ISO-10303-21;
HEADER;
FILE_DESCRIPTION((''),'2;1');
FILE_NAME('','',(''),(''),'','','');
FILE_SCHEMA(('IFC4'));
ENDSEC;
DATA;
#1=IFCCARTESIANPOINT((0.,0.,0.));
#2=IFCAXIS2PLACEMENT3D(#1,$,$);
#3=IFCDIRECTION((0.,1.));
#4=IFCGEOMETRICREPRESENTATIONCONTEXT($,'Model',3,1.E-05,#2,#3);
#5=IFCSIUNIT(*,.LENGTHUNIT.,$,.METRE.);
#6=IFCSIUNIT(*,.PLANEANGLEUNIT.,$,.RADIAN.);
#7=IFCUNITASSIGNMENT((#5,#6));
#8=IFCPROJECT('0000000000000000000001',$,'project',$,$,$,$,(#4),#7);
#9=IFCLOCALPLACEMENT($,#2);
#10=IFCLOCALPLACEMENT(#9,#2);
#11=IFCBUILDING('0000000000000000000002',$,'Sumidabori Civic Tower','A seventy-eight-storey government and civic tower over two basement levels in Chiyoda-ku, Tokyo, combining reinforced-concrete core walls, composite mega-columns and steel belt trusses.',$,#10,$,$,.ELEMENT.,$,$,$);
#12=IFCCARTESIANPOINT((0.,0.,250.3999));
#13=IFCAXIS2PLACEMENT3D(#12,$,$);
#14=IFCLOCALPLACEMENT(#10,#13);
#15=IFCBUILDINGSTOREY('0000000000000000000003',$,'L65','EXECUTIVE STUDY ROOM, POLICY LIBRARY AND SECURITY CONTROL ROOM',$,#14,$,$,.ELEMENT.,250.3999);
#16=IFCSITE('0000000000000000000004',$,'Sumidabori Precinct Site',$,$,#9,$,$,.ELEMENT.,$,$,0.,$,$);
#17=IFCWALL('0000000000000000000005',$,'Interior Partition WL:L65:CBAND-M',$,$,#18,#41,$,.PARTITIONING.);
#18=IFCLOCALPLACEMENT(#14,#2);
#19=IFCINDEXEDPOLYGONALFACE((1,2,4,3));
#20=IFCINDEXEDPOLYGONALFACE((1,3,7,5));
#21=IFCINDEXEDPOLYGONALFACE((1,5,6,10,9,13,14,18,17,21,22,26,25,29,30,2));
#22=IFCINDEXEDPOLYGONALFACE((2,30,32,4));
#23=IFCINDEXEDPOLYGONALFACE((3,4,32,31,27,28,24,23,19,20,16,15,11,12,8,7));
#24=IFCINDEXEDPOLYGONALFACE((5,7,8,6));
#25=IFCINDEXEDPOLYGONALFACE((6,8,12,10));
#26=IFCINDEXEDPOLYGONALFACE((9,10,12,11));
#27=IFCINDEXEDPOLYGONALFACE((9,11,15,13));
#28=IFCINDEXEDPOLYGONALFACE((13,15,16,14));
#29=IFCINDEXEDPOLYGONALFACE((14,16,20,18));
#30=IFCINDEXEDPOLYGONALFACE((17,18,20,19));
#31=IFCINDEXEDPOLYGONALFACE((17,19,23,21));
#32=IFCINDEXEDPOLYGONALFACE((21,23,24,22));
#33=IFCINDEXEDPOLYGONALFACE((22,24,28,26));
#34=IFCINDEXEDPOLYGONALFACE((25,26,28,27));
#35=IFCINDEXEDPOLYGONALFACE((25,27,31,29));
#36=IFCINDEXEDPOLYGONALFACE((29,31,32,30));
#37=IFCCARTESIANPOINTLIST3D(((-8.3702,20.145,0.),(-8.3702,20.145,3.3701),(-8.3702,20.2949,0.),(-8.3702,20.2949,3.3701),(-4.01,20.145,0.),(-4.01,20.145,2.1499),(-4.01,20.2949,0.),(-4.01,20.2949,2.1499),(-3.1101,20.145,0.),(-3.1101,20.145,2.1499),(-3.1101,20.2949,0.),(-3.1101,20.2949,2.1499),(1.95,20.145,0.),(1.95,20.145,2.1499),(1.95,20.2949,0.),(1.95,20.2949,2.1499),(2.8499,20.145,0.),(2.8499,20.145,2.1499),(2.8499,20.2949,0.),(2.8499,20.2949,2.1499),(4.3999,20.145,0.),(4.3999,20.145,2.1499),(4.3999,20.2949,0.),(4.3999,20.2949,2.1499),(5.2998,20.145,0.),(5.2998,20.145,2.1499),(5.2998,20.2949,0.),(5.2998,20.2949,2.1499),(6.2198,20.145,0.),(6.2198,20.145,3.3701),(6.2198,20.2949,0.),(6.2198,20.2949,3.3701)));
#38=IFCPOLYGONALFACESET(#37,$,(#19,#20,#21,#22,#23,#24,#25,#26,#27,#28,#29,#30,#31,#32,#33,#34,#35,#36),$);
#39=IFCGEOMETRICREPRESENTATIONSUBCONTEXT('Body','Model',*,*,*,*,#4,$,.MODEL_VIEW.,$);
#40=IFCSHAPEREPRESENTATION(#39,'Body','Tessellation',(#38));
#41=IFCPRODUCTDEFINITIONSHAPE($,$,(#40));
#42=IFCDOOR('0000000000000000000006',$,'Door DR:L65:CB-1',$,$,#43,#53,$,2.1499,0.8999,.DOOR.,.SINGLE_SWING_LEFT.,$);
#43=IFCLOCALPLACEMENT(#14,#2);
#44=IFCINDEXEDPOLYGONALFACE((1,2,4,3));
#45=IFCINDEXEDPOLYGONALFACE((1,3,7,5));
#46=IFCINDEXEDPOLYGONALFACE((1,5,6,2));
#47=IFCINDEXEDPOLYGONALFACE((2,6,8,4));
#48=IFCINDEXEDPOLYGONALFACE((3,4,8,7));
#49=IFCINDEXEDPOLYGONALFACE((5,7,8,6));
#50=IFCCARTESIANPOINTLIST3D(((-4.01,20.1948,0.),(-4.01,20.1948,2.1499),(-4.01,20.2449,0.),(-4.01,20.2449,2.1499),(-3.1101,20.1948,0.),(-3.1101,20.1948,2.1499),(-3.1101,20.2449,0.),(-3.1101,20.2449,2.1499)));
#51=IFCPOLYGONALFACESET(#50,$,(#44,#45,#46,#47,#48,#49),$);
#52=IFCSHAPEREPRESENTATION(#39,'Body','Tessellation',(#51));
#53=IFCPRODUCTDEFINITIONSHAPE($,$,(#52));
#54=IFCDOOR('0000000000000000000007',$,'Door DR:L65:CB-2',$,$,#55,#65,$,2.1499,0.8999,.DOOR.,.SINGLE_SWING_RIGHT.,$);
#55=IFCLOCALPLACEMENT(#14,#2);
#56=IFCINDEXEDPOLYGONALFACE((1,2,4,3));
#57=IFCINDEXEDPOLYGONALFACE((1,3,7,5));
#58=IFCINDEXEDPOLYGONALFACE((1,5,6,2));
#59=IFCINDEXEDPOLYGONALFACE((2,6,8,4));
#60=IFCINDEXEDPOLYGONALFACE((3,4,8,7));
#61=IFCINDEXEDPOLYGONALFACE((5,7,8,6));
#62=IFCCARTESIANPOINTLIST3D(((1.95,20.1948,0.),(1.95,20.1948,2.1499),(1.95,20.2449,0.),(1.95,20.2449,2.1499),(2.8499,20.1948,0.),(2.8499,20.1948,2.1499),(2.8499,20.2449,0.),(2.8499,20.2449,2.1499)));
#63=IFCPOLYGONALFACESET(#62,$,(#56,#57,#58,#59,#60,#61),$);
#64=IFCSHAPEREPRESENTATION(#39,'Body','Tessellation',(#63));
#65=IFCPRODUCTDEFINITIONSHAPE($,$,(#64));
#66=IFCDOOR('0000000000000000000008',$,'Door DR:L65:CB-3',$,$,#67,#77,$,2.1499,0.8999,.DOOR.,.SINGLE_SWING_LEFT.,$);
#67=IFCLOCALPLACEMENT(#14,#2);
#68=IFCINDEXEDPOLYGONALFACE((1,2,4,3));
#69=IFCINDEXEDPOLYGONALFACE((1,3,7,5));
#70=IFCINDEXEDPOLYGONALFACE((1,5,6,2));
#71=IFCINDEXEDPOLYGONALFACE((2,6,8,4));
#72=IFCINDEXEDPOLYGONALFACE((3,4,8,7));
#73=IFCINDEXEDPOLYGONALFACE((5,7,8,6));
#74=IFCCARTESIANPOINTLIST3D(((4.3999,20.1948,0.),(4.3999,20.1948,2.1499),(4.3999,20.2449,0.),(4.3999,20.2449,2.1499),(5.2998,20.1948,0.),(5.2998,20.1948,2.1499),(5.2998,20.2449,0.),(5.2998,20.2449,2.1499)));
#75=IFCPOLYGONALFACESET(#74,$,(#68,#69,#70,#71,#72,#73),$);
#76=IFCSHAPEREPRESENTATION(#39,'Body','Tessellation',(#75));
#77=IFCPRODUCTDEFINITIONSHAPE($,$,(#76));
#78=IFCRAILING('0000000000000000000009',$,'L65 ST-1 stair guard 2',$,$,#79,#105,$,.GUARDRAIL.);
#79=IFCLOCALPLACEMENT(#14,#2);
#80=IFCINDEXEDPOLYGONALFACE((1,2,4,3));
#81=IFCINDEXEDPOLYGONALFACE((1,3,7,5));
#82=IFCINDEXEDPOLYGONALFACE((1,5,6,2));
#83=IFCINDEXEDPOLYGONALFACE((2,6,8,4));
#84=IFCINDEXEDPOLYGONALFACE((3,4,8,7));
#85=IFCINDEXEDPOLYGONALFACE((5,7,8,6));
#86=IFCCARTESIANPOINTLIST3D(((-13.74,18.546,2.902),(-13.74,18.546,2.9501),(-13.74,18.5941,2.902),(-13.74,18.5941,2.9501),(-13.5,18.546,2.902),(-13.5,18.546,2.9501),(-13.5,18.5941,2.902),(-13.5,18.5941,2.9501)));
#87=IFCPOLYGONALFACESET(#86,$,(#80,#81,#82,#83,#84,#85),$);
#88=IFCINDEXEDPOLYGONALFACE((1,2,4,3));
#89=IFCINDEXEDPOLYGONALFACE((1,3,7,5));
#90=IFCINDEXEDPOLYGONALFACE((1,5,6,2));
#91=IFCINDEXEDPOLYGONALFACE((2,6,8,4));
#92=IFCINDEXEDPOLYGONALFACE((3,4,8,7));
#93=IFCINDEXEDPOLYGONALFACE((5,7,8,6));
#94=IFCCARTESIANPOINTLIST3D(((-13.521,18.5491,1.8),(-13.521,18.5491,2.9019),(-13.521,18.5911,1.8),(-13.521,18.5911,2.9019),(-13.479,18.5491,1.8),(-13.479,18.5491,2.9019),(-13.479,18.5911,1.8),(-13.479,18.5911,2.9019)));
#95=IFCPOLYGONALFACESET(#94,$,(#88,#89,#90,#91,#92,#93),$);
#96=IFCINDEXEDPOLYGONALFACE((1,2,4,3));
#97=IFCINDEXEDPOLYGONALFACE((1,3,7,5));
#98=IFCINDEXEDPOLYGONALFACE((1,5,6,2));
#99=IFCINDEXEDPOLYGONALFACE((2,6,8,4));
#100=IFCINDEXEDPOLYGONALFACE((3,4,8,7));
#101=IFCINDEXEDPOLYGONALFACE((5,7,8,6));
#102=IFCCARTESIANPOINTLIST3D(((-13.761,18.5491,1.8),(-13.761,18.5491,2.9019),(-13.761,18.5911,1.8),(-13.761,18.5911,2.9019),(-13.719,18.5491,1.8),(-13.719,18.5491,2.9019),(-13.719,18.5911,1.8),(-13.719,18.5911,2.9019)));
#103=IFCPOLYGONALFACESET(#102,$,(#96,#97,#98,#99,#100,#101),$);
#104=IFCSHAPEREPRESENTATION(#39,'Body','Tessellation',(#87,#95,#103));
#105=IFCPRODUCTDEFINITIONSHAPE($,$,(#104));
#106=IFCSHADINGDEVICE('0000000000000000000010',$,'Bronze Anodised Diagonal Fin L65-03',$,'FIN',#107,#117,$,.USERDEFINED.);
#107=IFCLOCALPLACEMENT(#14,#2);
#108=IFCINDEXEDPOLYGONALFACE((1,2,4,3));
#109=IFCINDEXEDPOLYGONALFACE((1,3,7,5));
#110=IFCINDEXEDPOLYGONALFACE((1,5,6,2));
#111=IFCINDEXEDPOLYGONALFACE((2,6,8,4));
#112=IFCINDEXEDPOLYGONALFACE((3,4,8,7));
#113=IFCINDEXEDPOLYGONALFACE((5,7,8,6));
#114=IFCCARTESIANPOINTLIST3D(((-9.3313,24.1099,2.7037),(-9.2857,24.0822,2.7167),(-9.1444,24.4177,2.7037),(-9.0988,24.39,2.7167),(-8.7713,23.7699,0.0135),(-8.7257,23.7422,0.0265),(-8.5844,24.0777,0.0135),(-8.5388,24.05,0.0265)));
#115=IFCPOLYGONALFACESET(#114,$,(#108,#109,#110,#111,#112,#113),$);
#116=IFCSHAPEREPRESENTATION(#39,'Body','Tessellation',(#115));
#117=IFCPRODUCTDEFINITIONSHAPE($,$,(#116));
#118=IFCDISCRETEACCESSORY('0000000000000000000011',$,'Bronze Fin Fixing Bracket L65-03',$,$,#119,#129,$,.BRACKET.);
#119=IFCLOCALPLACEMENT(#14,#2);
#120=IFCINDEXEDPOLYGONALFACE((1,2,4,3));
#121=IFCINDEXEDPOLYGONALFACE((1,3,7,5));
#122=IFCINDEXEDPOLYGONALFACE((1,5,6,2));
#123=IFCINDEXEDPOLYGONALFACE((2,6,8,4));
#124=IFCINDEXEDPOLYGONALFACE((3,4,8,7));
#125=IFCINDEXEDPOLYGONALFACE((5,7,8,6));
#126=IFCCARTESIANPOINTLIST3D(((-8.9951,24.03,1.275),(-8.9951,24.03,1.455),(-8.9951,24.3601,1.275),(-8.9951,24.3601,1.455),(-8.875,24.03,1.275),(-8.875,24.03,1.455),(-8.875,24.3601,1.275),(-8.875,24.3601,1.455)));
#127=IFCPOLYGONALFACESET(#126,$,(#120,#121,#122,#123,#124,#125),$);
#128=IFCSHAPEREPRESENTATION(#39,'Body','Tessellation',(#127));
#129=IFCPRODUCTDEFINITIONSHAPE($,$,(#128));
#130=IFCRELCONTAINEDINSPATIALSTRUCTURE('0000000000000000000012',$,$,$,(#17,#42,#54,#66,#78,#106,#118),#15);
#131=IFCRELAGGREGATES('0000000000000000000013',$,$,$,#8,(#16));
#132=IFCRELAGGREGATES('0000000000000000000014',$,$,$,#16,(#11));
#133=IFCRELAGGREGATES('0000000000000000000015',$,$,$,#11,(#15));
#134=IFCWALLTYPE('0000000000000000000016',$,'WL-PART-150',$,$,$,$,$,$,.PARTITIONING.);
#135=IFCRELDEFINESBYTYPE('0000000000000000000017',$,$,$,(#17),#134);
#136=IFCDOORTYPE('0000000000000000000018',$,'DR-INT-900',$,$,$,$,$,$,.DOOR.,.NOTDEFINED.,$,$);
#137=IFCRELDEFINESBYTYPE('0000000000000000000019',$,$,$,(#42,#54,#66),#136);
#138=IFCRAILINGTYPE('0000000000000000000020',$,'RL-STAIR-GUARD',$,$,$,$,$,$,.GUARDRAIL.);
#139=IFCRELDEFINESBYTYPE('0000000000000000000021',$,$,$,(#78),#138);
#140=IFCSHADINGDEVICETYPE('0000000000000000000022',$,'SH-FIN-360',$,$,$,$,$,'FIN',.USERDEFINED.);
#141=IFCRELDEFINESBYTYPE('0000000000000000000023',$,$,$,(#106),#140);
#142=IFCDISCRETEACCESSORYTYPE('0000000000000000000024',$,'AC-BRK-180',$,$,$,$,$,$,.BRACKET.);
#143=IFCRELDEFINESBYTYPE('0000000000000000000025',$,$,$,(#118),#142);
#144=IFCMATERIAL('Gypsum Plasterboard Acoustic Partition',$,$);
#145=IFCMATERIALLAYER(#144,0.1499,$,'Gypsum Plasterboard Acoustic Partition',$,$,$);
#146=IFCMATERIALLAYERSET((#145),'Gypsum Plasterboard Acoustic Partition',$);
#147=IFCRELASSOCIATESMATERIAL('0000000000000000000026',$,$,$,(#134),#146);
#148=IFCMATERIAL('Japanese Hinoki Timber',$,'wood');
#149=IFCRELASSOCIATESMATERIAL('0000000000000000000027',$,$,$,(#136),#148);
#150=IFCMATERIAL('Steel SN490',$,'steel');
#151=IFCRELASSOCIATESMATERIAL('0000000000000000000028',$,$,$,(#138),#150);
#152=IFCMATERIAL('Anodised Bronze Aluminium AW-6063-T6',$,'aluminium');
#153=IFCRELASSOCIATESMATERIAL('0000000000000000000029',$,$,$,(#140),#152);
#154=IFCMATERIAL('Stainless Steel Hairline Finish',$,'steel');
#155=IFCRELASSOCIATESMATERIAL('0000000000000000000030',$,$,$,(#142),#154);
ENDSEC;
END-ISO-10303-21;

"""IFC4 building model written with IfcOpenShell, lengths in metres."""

from ifc_helpers import new_model, si_unit, direction, frame, frame_2d, origin, origin_2d, place, context, subcontext, project, spatial, rectangle, extrude, source, transform, mapped, material, layer, layer_set, material_profile, profile_set, type_object, element, fill, save


model = new_model("IFC4")

# Units and contexts
model_context = context("Model", 3, precision=1e-05, world=origin(), true_north=direction((0.0, 1.0)))
body_context = subcontext(model_context, "Body", "Model", "MODEL_VIEW")
ifc_project = project(units=[si_unit("LENGTHUNIT", "METRE"), si_unit("PLANEANGLEUNIT", "RADIAN")], contexts=[model_context])

# Site, building, storey
site_placement = place(None, origin())
site = spatial("IfcSite", under=ifc_project, at=site_placement, Name="Sumidabori Precinct Site", CompositionType="ELEMENT", RefElevation=0.0)
building_placement = place(site_placement, origin())
building = spatial("IfcBuilding", under=site, at=building_placement, Name="Sumidabori Civic Tower", Description="A seventy-eight-storey government and civic tower over two basement levels in Chiyoda-ku, Tokyo, combining reinforced-concrete core walls, composite mega-columns and steel belt trusses.", CompositionType="ELEMENT")
storey_placement = place(building_placement, frame((0.0, 0.0, 250.3999)))
storey = spatial("IfcBuildingStorey", under=building, at=storey_placement, Name="L65", Description="EXECUTIVE STUDY ROOM, POLICY LIBRARY AND SECURITY CONTROL ROOM", CompositionType="ELEMENT", Elevation=250.3999)

# Shared definitions
ifc_material_1 = material(Name="Anodised Bronze Aluminium AW-6063-T6", Category="aluminium")

# Shared definitions
ifc_material_2 = material(Name="Gypsum Plasterboard Acoustic Partition")
ifc_layer_1 = layer(ifc_material_2, 0.1499, Name="Gypsum Plasterboard Acoustic Partition")
ifc_layer_set_1 = layer_set([ifc_layer_1], Name="Gypsum Plasterboard Acoustic Partition")
wall_type_1 = type_object("IfcWallType", Name="WL-PART-150", PredefinedType="PARTITIONING", material=ifc_layer_set_1)

# Wall, openings, doors
shared_shape_1 = source(origin(), body_context, "Body", "SweptSolid", [
    extrude(rectangle(XDim=14.5901, YDim=0.1499, at=frame_2d((7.2949, 0.0))), origin(), (0.0, 0.0, 1.0), 3.3701),
])
wall_1_placement = place(storey_placement, frame((-8.3701, 20.22, 0.0), z_axis=(0.0, 0.0, 1.0), x_axis=(1.0, 0.0, 0.0)))
wall_1 = element("IfcWall", 1, at=wall_1_placement, inside=storey, type_object=wall_type_1, Name="Interior Partition WL:L65:CBAND-M", PredefinedType="PARTITIONING", context=body_context, shape_type="MappedRepresentation", body=[
    mapped(shared_shape_1, transform((0.0, 0.0, 0.0), x_axis=(1.0, 0.0, 0.0), y_axis=(0.0, 1.0, 0.0), z_axis=(0.0, 0.0, 1.0), scale=1.0)),
])
opening_1_placement = place(wall_1_placement, frame((4.3601, 0.0, 0.0)))
opening_1 = element("IfcOpeningElement", 2, at=opening_1_placement, cuts=wall_1, PredefinedType="OPENING", context=body_context, shape_type="SweptSolid", body=[
    extrude(rectangle(XDim=0.8999, YDim=2.1499, at=frame_2d((0.45, 1.075))), frame((0.0, 0.0869, 0.0), z_axis=(0.0, -1.0, 0.0), x_axis=(1.0, 0.0, 0.0)), (0.0, 0.0, 1.0), 0.1738),
])
opening_2_placement = place(wall_1_placement, frame((10.3201, 0.0, 0.0)))
opening_2 = element("IfcOpeningElement", 3, at=opening_2_placement, cuts=wall_1, PredefinedType="OPENING", context=body_context, shape_type="SweptSolid", body=[
    extrude(rectangle(XDim=0.8999, YDim=2.1499, at=frame_2d((0.45, 1.075))), frame((0.0, 0.0869, 0.0), z_axis=(0.0, -1.0, 0.0), x_axis=(1.0, 0.0, 0.0)), (0.0, 0.0, 1.0), 0.1738),
])
opening_3_placement = place(wall_1_placement, frame((12.77, 0.0, 0.0)))
opening_3 = element("IfcOpeningElement", 4, at=opening_3_placement, cuts=wall_1, PredefinedType="OPENING", context=body_context, shape_type="SweptSolid", body=[
    extrude(rectangle(XDim=0.8999, YDim=2.1499, at=frame_2d((0.45, 1.075))), frame((0.0, 0.0869, 0.0), z_axis=(0.0, -1.0, 0.0), x_axis=(1.0, 0.0, 0.0)), (0.0, 0.0, 1.0), 0.1738),
])
ifc_material_3 = material(Name="Japanese Hinoki Timber", Category="wood")
door_type = type_object("IfcDoorType", Name="DR-INT-900", OperationType="NOTDEFINED", PredefinedType="DOOR", material=ifc_material_3)
shared_shape_2 = source(origin(), body_context, "Body", "SweptSolid", [
    extrude(rectangle(XDim=0.8999, YDim=2.1499, at=frame_2d((0.45, 1.075))), frame((0.0, 0.0249, 0.0), z_axis=(0.0, -1.0, 0.0), x_axis=(1.0, 0.0, 0.0)), (0.0, 0.0, 1.0), 0.05),
])
door_1_placement = place(opening_1_placement, origin())
door_1 = element("IfcDoor", 5, at=door_1_placement, inside=storey, type_object=door_type, Name="Door DR:L65:CB-1", OperationType="SINGLE_SWING_LEFT", OverallHeight=2.1499, OverallWidth=0.8999, PredefinedType="DOOR", context=body_context, shape_type="MappedRepresentation", body=[
    mapped(shared_shape_2, transform((0.0, 0.0, 0.0), x_axis=(1.0, 0.0, 0.0), y_axis=(0.0, 1.0, 0.0), z_axis=(0.0, 0.0, 1.0), scale=1.0)),
])
fill(opening_1, door_1)
door_2_placement = place(opening_2_placement, origin())
door_2 = element("IfcDoor", 6, at=door_2_placement, inside=storey, type_object=door_type, Name="Door DR:L65:CB-2", OperationType="SINGLE_SWING_RIGHT", OverallHeight=2.1499, OverallWidth=0.8999, PredefinedType="DOOR", context=body_context, shape_type="MappedRepresentation", body=[
    mapped(shared_shape_2, transform((0.0, 0.0, 0.0), x_axis=(1.0, 0.0, 0.0), y_axis=(0.0, 1.0, 0.0), z_axis=(0.0, 0.0, 1.0), scale=1.0)),
])
fill(opening_2, door_2)
door_3_placement = place(opening_3_placement, origin())
door_3 = element("IfcDoor", 7, at=door_3_placement, inside=storey, type_object=door_type, Name="Door DR:L65:CB-3", OperationType="SINGLE_SWING_LEFT", OverallHeight=2.1499, OverallWidth=0.8999, PredefinedType="DOOR", context=body_context, shape_type="MappedRepresentation", body=[
    mapped(shared_shape_2, transform((0.0, 0.0, 0.0), x_axis=(1.0, 0.0, 0.0), y_axis=(0.0, 1.0, 0.0), z_axis=(0.0, 0.0, 1.0), scale=1.0)),
])
fill(opening_3, door_3)

# Railing
ifc_material_4 = material(Name="Steel SN490", Category="steel")
railing_type = type_object("IfcRailingType", Name="RL-STAIR-GUARD", PredefinedType="GUARDRAIL", material=ifc_material_4)
railing_placement = place(storey_placement, frame((-13.5, 18.5701, 1.8)))
element("IfcRailing", 8, at=railing_placement, inside=storey, type_object=railing_type, Name="L65 ST-1 stair guard 2", PredefinedType="GUARDRAIL", context=body_context, shape_type="SweptSolid", body=[
    extrude(rectangle(XDim=0.0481, YDim=0.0481, at=origin_2d()), frame((0.0, 0.0, 1.126), z_axis=(-1.0, 0.0, 0.0), x_axis=(0.0, -1.0, 0.0)), (0.0, 0.0, 1.0), 0.24),
    extrude(rectangle(XDim=0.042, YDim=0.042, at=origin_2d()), origin(), (0.0, 0.0, 1.0), 1.1018),
    extrude(rectangle(XDim=0.042, YDim=0.042, at=origin_2d()), frame((-0.24, 0.0, 0.0)), (0.0, 0.0, 1.0), 1.1018),
])

# Shading device
ifc_material_profile_1 = material_profile(ifc_material_1, rectangle(XDim=0.0549, YDim=0.3601, at=origin_2d()), Name="BRONZE FIN 360x55")
ifc_profile_set_1 = profile_set([ifc_material_profile_1], Name="Anodised Bronze Aluminium AW-6063-T6")
shading_device_type = type_object("IfcShadingDeviceType", Name="SH-FIN-360", ElementType="FIN", PredefinedType="USERDEFINED", material=ifc_profile_set_1)
shared_shape_3 = source(origin(), body_context, "Body", "SweptSolid", [
    extrude(rectangle(XDim=0.0549, YDim=0.3601, at=origin_2d()), origin(), (0.0, 0.0, 1.0), 2.7688),
])
shading_device_placement = place(storey_placement, frame((-8.655, 23.9099, 0.02), z_axis=(-0.202273, 0.122827, 0.971596), x_axis=(0.830474, -0.504294, 0.236645)))
element("IfcShadingDevice", 9, at=shading_device_placement, inside=storey, type_object=shading_device_type, Name="Bronze Anodised Diagonal Fin L65-03", ObjectType="FIN", PredefinedType="USERDEFINED", context=body_context, shape_type="MappedRepresentation", body=[
    mapped(shared_shape_3, transform((0.0, 0.0, 0.0), x_axis=(1.0, 0.0, 0.0), y_axis=(0.0, 1.0, 0.0), z_axis=(0.0, 0.0, 1.0), scale=1.0)),
])

# Discrete accessory
ifc_material_5 = material(Name="Stainless Steel Hairline Finish", Category="steel")
ifc_material_profile_2 = material_profile(ifc_material_5, rectangle(XDim=0.1201, YDim=0.1799, at=origin_2d()), Name="STEEL BRACKET 180x120")
ifc_profile_set_2 = profile_set([ifc_material_profile_2], Name="Stainless Steel Hairline Finish")
discrete_accessory_type = type_object("IfcDiscreteAccessoryType", Name="AC-BRK-180", PredefinedType="BRACKET", material=ifc_profile_set_2)
shared_shape_4 = source(origin(), body_context, "Body", "SweptSolid", [
    extrude(rectangle(XDim=0.1201, YDim=0.1799, at=origin_2d()), origin(), (0.0, 0.0, 1.0), 0.3301),
])
discrete_accessory_placement = place(storey_placement, frame((-8.9351, 24.03, 1.365), z_axis=(0.0, 1.0, 0.0), x_axis=(-1.0, 0.0, 0.0)))
element("IfcDiscreteAccessory", 10, at=discrete_accessory_placement, inside=storey, type_object=discrete_accessory_type, Name="Bronze Fin Fixing Bracket L65-03", PredefinedType="BRACKET", context=body_context, shape_type="MappedRepresentation", body=[
    mapped(shared_shape_4, transform((0.0, 0.0, 0.0), x_axis=(1.0, 0.0, 0.0), y_axis=(0.0, 1.0, 0.0), z_axis=(0.0, 0.0, 1.0), scale=1.0)),
])

save(model, "model.ifc")
